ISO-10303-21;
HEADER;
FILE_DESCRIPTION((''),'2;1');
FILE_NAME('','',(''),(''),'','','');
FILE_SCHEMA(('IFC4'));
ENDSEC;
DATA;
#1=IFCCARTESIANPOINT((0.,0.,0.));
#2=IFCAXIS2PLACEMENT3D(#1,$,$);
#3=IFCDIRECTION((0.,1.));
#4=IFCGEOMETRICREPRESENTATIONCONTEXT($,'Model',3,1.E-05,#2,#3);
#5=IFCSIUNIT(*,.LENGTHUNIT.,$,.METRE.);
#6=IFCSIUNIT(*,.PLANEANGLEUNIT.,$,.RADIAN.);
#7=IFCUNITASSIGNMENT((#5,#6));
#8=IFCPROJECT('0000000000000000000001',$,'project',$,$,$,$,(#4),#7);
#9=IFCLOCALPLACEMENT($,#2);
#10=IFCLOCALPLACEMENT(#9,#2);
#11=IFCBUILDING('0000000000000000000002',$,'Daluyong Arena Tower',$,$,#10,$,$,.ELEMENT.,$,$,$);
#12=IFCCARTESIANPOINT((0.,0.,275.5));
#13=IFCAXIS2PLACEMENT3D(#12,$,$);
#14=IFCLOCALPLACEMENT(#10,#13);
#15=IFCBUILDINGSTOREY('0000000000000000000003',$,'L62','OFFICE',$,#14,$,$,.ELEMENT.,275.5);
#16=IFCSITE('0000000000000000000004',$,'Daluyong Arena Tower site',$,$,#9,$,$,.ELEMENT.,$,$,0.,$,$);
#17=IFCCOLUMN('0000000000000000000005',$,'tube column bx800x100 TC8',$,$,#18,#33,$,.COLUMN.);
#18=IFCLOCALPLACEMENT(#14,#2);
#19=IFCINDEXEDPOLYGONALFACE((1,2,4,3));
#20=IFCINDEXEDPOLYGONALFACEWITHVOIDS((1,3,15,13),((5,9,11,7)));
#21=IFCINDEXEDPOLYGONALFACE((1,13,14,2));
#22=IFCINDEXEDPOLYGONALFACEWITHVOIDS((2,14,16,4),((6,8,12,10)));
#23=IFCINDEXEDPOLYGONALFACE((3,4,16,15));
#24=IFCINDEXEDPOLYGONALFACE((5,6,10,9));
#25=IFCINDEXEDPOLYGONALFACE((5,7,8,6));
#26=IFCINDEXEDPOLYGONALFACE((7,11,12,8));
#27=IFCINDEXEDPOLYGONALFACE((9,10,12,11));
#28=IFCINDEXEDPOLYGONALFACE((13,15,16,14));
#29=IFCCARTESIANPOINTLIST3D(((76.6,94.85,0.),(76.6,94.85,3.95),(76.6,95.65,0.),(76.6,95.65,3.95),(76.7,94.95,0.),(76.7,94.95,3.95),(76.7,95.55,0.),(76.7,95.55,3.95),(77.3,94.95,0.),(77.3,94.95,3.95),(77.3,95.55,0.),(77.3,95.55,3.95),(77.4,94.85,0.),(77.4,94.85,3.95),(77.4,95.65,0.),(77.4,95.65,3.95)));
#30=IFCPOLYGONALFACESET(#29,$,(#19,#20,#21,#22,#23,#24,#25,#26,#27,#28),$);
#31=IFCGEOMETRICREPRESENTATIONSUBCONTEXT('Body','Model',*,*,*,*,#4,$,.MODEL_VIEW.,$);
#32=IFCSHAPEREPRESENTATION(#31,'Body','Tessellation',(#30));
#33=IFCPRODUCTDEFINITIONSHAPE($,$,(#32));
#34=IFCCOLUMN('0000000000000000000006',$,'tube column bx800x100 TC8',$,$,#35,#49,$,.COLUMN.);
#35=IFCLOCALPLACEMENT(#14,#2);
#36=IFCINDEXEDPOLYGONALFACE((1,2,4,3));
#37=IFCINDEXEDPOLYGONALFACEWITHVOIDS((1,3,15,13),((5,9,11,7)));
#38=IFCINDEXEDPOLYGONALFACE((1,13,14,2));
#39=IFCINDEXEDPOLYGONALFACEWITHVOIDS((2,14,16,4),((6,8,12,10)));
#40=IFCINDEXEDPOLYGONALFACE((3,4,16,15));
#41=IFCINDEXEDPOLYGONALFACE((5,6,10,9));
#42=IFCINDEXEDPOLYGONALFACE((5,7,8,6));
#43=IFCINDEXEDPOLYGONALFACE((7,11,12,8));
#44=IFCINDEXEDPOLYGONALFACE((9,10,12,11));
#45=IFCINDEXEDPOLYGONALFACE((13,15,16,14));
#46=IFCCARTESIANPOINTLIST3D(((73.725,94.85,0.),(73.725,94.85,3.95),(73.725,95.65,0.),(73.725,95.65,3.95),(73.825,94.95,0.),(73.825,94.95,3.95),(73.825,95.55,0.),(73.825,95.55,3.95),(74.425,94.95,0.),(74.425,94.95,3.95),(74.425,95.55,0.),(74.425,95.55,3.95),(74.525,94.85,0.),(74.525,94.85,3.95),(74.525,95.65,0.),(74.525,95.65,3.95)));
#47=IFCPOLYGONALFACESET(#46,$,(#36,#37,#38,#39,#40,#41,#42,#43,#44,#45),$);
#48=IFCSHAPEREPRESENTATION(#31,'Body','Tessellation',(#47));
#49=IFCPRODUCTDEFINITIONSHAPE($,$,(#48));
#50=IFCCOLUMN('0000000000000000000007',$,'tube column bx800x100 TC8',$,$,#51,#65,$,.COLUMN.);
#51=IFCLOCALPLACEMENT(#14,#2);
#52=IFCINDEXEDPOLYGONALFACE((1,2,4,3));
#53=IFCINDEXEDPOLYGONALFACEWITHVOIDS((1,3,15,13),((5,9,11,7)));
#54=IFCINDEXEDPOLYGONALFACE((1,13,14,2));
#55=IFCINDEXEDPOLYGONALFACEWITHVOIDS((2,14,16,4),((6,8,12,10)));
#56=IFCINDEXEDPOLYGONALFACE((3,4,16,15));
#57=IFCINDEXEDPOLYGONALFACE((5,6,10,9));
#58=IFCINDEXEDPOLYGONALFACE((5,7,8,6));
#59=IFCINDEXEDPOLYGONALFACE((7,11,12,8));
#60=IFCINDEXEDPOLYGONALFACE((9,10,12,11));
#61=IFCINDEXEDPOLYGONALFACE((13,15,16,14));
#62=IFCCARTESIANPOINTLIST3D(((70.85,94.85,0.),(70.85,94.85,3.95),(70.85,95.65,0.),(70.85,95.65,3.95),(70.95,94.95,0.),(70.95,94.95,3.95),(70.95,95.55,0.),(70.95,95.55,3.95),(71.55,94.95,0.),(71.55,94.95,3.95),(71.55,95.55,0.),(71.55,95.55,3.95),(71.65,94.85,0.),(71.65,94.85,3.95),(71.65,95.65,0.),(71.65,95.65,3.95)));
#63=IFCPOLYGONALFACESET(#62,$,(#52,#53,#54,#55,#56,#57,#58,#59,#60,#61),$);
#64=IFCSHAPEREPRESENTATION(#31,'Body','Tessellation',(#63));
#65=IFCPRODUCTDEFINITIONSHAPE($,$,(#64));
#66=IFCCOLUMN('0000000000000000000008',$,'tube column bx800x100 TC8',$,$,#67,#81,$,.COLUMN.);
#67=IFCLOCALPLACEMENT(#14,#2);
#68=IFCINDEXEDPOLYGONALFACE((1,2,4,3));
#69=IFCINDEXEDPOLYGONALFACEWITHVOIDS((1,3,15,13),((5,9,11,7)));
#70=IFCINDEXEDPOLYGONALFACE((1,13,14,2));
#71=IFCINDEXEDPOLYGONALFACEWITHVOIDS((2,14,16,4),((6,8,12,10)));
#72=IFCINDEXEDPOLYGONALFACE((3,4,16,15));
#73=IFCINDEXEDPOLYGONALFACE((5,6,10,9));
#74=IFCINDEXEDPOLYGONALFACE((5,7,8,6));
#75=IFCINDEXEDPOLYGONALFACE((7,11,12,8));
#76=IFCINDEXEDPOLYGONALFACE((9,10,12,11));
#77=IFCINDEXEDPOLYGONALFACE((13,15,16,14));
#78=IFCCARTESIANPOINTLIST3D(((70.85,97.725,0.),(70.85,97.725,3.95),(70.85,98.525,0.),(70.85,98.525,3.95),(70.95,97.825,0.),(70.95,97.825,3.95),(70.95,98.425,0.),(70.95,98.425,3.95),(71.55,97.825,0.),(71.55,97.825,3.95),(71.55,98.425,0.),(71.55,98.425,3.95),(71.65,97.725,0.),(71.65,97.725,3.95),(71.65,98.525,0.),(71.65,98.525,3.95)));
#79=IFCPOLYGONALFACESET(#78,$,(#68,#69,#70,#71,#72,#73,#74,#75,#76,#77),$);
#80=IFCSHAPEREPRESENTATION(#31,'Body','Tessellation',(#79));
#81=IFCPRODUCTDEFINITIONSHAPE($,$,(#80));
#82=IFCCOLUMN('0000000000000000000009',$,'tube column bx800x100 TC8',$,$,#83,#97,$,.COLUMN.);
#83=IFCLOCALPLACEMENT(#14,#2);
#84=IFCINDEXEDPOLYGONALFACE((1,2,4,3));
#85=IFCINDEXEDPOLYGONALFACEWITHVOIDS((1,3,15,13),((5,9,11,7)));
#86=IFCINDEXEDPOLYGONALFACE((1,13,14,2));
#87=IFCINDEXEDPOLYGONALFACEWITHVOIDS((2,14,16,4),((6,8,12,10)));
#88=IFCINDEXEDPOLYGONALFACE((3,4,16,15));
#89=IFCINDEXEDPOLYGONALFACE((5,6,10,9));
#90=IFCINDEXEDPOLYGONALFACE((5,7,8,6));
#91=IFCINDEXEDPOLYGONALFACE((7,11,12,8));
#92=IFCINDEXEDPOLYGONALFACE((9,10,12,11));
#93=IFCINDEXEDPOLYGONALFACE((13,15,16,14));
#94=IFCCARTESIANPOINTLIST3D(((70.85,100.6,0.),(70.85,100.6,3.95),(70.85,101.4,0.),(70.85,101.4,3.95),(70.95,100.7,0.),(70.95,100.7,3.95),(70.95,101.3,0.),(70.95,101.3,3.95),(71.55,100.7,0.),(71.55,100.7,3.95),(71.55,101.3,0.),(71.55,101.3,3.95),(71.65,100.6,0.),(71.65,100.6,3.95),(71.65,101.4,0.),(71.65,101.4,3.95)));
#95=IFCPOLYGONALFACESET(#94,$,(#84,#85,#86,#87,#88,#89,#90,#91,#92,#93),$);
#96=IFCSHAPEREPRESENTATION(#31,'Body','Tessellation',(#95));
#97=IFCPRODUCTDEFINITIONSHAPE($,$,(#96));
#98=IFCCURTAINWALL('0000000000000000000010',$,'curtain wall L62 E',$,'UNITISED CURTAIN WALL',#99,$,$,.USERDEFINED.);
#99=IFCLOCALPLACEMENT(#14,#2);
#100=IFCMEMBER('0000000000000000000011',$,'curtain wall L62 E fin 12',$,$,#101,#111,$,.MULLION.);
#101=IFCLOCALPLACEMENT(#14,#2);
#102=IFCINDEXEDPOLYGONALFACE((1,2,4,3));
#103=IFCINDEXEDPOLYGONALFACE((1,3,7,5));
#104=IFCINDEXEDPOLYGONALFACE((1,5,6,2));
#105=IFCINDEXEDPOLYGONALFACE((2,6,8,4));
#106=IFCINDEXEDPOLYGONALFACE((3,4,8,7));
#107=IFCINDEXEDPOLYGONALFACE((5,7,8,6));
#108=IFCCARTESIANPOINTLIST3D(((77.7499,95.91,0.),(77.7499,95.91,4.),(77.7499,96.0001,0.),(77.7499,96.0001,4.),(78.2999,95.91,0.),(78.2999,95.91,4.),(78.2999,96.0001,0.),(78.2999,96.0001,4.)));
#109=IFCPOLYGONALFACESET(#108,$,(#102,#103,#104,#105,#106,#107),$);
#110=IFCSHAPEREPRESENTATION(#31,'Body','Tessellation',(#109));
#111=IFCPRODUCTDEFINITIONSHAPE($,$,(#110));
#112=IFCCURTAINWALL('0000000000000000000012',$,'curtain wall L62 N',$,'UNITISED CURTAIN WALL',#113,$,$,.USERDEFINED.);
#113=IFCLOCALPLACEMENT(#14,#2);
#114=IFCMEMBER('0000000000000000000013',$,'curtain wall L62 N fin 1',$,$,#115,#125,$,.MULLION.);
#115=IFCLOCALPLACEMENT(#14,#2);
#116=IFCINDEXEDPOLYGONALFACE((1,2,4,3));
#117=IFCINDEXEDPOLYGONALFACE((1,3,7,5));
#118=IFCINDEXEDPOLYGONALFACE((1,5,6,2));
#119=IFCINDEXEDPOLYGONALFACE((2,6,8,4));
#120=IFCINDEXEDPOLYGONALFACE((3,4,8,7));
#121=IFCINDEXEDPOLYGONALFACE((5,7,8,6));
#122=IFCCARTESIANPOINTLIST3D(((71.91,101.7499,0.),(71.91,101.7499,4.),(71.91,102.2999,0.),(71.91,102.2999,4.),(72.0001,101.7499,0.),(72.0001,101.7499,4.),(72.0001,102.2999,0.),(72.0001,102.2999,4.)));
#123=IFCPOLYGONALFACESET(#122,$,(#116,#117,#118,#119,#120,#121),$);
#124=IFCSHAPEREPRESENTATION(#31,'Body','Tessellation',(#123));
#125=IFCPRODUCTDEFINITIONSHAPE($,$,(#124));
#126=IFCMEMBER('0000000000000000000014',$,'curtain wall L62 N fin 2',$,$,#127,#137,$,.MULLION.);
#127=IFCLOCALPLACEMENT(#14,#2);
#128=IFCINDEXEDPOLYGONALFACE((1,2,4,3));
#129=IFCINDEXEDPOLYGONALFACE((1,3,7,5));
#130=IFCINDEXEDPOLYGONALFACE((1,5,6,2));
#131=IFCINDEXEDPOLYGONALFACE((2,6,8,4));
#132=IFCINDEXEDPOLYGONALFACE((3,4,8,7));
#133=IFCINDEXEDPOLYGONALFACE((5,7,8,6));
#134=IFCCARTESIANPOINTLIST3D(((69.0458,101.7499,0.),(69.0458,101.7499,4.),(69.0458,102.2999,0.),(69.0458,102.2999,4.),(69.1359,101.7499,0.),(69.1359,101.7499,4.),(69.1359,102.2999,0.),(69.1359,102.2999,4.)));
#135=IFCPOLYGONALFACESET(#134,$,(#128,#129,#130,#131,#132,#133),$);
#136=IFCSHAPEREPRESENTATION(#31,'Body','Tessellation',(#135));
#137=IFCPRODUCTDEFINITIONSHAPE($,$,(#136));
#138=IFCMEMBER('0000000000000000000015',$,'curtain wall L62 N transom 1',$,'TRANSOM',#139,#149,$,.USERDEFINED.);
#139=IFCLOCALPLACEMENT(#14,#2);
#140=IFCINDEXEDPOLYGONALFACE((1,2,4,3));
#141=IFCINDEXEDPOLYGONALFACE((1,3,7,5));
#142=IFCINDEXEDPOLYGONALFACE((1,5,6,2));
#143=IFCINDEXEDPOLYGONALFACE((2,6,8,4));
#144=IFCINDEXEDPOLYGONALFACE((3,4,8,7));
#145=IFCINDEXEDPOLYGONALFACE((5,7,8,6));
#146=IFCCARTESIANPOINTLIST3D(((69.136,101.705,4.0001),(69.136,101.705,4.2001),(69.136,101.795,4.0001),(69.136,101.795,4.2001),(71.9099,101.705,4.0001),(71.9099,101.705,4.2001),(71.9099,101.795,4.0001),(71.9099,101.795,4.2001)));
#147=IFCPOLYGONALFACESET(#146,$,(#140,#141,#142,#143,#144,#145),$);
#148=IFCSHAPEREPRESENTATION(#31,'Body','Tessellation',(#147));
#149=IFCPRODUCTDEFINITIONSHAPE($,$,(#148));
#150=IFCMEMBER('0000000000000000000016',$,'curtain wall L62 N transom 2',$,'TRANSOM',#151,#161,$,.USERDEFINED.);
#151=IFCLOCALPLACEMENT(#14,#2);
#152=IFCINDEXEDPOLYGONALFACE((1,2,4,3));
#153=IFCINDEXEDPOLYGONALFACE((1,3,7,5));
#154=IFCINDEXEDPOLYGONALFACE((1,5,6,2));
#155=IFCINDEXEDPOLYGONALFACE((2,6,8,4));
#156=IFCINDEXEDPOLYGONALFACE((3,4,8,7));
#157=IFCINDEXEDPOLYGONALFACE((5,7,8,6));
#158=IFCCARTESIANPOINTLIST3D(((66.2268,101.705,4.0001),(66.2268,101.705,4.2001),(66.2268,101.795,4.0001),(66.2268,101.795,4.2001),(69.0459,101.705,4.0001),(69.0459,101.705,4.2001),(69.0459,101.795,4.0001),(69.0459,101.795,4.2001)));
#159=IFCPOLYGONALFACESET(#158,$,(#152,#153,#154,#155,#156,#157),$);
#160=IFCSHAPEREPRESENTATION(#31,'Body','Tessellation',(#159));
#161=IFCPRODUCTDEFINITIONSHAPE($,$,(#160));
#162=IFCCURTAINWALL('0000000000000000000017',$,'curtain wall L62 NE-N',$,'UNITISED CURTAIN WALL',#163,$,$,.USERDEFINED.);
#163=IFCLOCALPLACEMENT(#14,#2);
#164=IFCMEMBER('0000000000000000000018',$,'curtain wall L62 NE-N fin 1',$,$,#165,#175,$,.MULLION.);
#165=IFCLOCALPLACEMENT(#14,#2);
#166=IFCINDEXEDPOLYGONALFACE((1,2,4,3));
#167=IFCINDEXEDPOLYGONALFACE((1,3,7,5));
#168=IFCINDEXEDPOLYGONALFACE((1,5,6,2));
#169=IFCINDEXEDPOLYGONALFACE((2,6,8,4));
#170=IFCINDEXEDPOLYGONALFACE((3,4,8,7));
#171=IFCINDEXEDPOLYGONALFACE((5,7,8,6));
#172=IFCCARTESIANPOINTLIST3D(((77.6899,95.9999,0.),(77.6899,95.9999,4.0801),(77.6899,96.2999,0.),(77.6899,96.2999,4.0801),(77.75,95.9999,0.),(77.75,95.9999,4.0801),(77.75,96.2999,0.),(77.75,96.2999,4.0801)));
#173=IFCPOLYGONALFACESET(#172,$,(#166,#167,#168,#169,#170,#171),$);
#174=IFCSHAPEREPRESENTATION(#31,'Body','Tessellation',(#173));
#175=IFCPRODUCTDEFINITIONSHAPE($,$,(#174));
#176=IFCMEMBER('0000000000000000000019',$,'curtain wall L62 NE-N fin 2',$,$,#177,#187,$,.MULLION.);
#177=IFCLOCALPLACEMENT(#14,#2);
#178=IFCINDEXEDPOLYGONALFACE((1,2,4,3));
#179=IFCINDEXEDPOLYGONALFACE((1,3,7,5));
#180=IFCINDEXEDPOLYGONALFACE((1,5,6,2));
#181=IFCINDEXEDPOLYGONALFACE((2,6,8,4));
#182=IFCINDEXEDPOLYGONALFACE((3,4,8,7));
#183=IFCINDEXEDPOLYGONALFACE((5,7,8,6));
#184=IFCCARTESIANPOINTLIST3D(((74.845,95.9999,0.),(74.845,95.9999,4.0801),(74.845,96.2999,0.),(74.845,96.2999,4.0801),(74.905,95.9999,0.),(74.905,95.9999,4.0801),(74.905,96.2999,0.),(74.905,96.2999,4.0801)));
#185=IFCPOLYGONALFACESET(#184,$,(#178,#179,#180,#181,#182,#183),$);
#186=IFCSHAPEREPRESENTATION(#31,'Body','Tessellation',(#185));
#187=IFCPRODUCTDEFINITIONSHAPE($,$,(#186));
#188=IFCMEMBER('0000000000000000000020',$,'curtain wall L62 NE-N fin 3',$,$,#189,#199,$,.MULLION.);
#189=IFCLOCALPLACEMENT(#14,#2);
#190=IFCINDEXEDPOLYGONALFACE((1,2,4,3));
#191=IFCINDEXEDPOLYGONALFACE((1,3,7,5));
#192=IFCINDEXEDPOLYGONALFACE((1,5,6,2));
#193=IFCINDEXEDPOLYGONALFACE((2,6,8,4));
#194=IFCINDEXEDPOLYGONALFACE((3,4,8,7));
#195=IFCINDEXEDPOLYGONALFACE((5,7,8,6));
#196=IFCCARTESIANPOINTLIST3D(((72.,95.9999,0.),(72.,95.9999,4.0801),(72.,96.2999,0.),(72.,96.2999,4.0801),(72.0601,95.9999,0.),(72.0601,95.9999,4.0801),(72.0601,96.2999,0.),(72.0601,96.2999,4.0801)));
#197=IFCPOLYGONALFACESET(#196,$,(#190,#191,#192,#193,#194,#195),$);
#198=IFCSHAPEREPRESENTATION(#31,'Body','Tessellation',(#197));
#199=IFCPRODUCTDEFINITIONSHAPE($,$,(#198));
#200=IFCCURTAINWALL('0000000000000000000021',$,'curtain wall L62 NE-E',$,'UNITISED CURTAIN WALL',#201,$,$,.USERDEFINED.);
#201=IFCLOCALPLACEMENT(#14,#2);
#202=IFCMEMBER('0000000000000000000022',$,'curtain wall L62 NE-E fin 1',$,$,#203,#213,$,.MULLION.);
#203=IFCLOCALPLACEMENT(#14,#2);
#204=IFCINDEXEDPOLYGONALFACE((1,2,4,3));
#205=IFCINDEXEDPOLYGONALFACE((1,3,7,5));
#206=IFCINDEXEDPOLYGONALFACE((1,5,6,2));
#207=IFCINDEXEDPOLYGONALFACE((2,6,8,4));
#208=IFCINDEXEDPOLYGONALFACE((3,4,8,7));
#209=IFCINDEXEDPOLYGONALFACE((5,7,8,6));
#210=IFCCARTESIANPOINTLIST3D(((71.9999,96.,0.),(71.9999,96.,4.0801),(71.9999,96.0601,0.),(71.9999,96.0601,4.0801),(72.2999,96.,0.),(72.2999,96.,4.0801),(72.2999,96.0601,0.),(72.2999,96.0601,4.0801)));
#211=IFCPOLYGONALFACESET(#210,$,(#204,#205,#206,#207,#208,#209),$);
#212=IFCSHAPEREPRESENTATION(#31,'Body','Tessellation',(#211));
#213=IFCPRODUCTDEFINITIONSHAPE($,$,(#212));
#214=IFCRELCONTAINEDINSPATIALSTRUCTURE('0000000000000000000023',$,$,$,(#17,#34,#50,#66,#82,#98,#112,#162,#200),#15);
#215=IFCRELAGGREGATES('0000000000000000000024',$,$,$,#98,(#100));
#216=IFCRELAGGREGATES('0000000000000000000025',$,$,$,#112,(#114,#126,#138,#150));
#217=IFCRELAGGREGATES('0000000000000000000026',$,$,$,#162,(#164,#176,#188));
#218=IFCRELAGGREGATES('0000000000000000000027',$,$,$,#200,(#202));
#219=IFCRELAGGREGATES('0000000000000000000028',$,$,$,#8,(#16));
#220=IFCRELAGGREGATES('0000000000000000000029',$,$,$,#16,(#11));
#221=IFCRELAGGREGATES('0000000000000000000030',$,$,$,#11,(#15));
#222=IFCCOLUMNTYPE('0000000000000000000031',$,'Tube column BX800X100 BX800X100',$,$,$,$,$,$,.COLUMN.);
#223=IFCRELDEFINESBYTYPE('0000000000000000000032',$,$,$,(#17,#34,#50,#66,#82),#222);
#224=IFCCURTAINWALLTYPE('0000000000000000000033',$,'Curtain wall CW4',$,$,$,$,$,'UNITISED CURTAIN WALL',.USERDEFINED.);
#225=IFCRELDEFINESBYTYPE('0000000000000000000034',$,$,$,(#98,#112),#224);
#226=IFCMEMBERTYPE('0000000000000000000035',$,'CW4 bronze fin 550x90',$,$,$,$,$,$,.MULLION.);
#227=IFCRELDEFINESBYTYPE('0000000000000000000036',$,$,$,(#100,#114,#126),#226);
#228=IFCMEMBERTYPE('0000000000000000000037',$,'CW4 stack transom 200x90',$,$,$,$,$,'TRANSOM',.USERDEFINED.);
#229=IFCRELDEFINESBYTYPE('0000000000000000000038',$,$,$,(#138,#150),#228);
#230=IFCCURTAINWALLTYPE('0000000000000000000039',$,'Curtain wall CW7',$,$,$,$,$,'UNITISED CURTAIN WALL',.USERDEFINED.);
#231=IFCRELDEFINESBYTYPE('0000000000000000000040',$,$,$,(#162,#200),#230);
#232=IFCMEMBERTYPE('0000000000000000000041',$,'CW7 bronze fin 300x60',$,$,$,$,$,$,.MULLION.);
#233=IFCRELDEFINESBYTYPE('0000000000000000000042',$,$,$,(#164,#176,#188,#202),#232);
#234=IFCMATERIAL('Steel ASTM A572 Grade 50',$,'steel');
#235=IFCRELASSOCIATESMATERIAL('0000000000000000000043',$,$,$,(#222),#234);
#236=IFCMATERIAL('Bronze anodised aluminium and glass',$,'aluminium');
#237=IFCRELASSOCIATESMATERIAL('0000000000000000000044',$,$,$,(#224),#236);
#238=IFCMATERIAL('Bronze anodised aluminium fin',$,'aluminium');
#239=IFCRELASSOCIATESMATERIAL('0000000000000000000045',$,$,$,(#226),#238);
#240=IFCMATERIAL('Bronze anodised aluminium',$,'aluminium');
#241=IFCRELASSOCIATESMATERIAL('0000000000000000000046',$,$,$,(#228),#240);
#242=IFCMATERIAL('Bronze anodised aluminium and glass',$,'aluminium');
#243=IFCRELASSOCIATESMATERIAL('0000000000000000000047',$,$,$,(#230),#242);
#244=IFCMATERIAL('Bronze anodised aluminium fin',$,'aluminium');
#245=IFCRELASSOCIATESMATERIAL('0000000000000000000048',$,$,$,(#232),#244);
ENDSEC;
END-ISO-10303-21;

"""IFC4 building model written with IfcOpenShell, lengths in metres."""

from ifc_helpers import new_model, si_unit, direction, frame, origin, origin_2d, place, context, subcontext, project, spatial, rectangle, hollow_rectangle, extrude, material, material_profile, profile_set, type_object, element, aggregate, save


model = new_model("IFC4")

# Units and contexts
model_context = context("Model", 3, precision=1e-05, world=origin(), true_north=direction((0.0, 1.0)))
body_context = subcontext(model_context, "Body", "Model", "MODEL_VIEW")
ifc_project = project(units=[si_unit("LENGTHUNIT", "METRE"), si_unit("PLANEANGLEUNIT", "RADIAN")], contexts=[model_context])

# Site, building, storey
site_placement = place(None, origin())
site = spatial("IfcSite", under=ifc_project, at=site_placement, Name="Daluyong Arena Tower site", CompositionType="ELEMENT", RefElevation=0.0)
building_placement = place(site_placement, origin())
building = spatial("IfcBuilding", under=site, at=building_placement, Name="Daluyong Arena Tower", CompositionType="ELEMENT")
storey_placement = place(building_placement, frame((0.0, 0.0, 275.5)))
storey = spatial("IfcBuildingStorey", under=building, at=storey_placement, Name="L62", Description="OFFICE", CompositionType="ELEMENT", Elevation=275.5)

# Columns
ifc_material_1 = material(Name="Steel ASTM A572 Grade 50", Category="steel")
ifc_material_profile_1 = material_profile(ifc_material_1, hollow_rectangle(XDim=0.8, YDim=0.8, WallThickness=0.1, at=origin_2d()))
ifc_profile_set_1 = profile_set([ifc_material_profile_1], Name="Steel ASTM A572 Grade 50")
column_type = type_object("IfcColumnType", Name="Tube column BX800X100 BX800X100", PredefinedType="COLUMN", material=ifc_profile_set_1)
for number, where, z_axis, x_axis, name in (
    (1, (77.0, 95.25, 0.0), (0.0, 0.0, 1.0), (1.0, 0.0, 0.0), "tube column bx800x100 TC8"),
    (2, (74.125, 95.25, 0.0), (0.0, 0.0, 1.0), (1.0, 0.0, 0.0), "tube column bx800x100 TC8"),
    (3, (71.25, 95.25, 0.0), (0.0, 0.0, 1.0), (0.0, 1.0, 0.0), "tube column bx800x100 TC8"),
    (4, (71.25, 98.125, 0.0), (0.0, 0.0, 1.0), (0.0, 1.0, 0.0), "tube column bx800x100 TC8"),
    (5, (71.25, 101.0, 0.0), (0.0, 0.0, 1.0), (1.0, 0.0, 0.0), "tube column bx800x100 TC8"),
):
    element("IfcColumn", number, at=place(storey_placement, frame(where, z_axis=z_axis, x_axis=x_axis)), inside=storey, type_object=column_type, Name=name, PredefinedType="COLUMN", context=body_context, shape_type="SweptSolid", body=[
        extrude(hollow_rectangle(XDim=0.8, YDim=0.8, WallThickness=0.1, at=origin_2d()), origin(), (0.0, 0.0, 1.0), 3.95),
    ])

# Curtain wall, member
ifc_material_2 = material(Name="Bronze anodised aluminium and glass", Category="aluminium")
curtain_wall_type_1 = type_object("IfcCurtainWallType", Name="Curtain wall CW4", ElementType="UNITISED CURTAIN WALL", PredefinedType="USERDEFINED", material=ifc_material_2)
curtain_wall_1_placement = place(storey_placement, origin())
curtain_wall_1 = element("IfcCurtainWall", 6, at=curtain_wall_1_placement, inside=storey, type_object=curtain_wall_type_1, Name="curtain wall L62 E", ObjectType="UNITISED CURTAIN WALL", PredefinedType="USERDEFINED")
ifc_material_3 = material(Name="Bronze anodised aluminium fin", Category="aluminium")
ifc_material_profile_2 = material_profile(ifc_material_3, rectangle(XDim=0.55, YDim=0.0901, at=origin_2d()))
ifc_profile_set_2 = profile_set([ifc_material_profile_2], Name="Bronze anodised aluminium fin")
member_type_1 = type_object("IfcMemberType", Name="CW4 bronze fin 550x90", PredefinedType="MULLION", material=ifc_profile_set_2)
member_1_placement = place(storey_placement, frame((78.0249, 95.9551, 0.0), z_axis=(0.0, 0.0, 1.0), x_axis=(-1.0, 0.0, 0.0)))
member_1 = element("IfcMember", 7, at=member_1_placement, type_object=member_type_1, Name="curtain wall L62 E fin 12", PredefinedType="MULLION", context=body_context, shape_type="SweptSolid", body=[
    extrude(rectangle(XDim=0.55, YDim=0.0901, at=origin_2d()), origin(), (0.0, 0.0, 1.0), 4.0),
])
aggregate(curtain_wall_1, [member_1])

# Curtain walls, members
curtain_wall_2_placement = place(storey_placement, origin())
curtain_wall_2 = element("IfcCurtainWall", 8, at=curtain_wall_2_placement, inside=storey, type_object=curtain_wall_type_1, Name="curtain wall L62 N", ObjectType="UNITISED CURTAIN WALL", PredefinedType="USERDEFINED")
member_2_placement = place(storey_placement, frame((71.9551, 102.0249, 0.0), z_axis=(0.0, 0.0, 1.0), x_axis=(0.0, -1.0, 0.0)))
member_2 = element("IfcMember", 9, at=member_2_placement, type_object=member_type_1, Name="curtain wall L62 N fin 1", PredefinedType="MULLION", context=body_context, shape_type="SweptSolid", body=[
    extrude(rectangle(XDim=0.55, YDim=0.0901, at=origin_2d()), origin(), (0.0, 0.0, 1.0), 4.0),
])
member_3_placement = place(storey_placement, frame((69.0908, 102.0249, 0.0), z_axis=(0.0, 0.0, 1.0), x_axis=(0.0, -1.0, 0.0)))
member_3 = element("IfcMember", 10, at=member_3_placement, type_object=member_type_1, Name="curtain wall L62 N fin 2", PredefinedType="MULLION", context=body_context, shape_type="SweptSolid", body=[
    extrude(rectangle(XDim=0.55, YDim=0.0901, at=origin_2d()), origin(), (0.0, 0.0, 1.0), 4.0),
])
ifc_material_4 = material(Name="Bronze anodised aluminium", Category="aluminium")
ifc_material_profile_3 = material_profile(ifc_material_4, rectangle(XDim=0.0901, YDim=0.2, at=origin_2d()))
ifc_profile_set_3 = profile_set([ifc_material_profile_3], Name="Bronze anodised aluminium")
member_type_2 = type_object("IfcMemberType", Name="CW4 stack transom 200x90", ElementType="TRANSOM", PredefinedType="USERDEFINED", material=ifc_profile_set_3)
member_4_placement = place(storey_placement, frame((71.9099, 101.75, 4.1001), z_axis=(-1.0, 0.0, 0.0), x_axis=(0.0, -1.0, 0.0)))
member_4 = element("IfcMember", 11, at=member_4_placement, type_object=member_type_2, Name="curtain wall L62 N transom 1", ObjectType="TRANSOM", PredefinedType="USERDEFINED", context=body_context, shape_type="SweptSolid", body=[
    extrude(rectangle(XDim=0.0901, YDim=0.2, at=origin_2d()), origin(), (0.0, 0.0, 1.0), 2.7739),
])
member_5_placement = place(storey_placement, frame((69.0459, 101.75, 4.1001), z_axis=(-1.0, 0.0, 0.0), x_axis=(0.0, -1.0, 0.0)))
member_5 = element("IfcMember", 12, at=member_5_placement, type_object=member_type_2, Name="curtain wall L62 N transom 2", ObjectType="TRANSOM", PredefinedType="USERDEFINED", context=body_context, shape_type="SweptSolid", body=[
    extrude(rectangle(XDim=0.0901, YDim=0.2, at=origin_2d()), origin(), (0.0, 0.0, 1.0), 2.8191),
])
ifc_material_5 = material(Name="Bronze anodised aluminium and glass", Category="aluminium")
curtain_wall_type_2 = type_object("IfcCurtainWallType", Name="Curtain wall CW7", ElementType="UNITISED CURTAIN WALL", PredefinedType="USERDEFINED", material=ifc_material_5)
curtain_wall_3_placement = place(storey_placement, origin())
curtain_wall_3 = element("IfcCurtainWall", 13, at=curtain_wall_3_placement, inside=storey, type_object=curtain_wall_type_2, Name="curtain wall L62 NE-N", ObjectType="UNITISED CURTAIN WALL", PredefinedType="USERDEFINED")
ifc_material_6 = material(Name="Bronze anodised aluminium fin", Category="aluminium")
ifc_material_profile_4 = material_profile(ifc_material_6, rectangle(XDim=0.3, YDim=0.0601, at=origin_2d()))
ifc_profile_set_4 = profile_set([ifc_material_profile_4], Name="Bronze anodised aluminium fin")
member_type_3 = type_object("IfcMemberType", Name="CW7 bronze fin 300x60", PredefinedType="MULLION", material=ifc_profile_set_4)
member_6_placement = place(storey_placement, frame((77.72, 96.1499, 0.0), z_axis=(0.0, 0.0, 1.0), x_axis=(0.0, -1.0, 0.0)))
member_6 = element("IfcMember", 14, at=member_6_placement, type_object=member_type_3, Name="curtain wall L62 NE-N fin 1", PredefinedType="MULLION", context=body_context, shape_type="SweptSolid", body=[
    extrude(rectangle(XDim=0.3, YDim=0.0601, at=origin_2d()), origin(), (0.0, 0.0, 1.0), 4.0801),
])
member_7_placement = place(storey_placement, frame((74.875, 96.1499, 0.0), z_axis=(0.0, 0.0, 1.0), x_axis=(0.0, -1.0, 0.0)))
member_7 = element("IfcMember", 15, at=member_7_placement, type_object=member_type_3, Name="curtain wall L62 NE-N fin 2", PredefinedType="MULLION", context=body_context, shape_type="SweptSolid", body=[
    extrude(rectangle(XDim=0.3, YDim=0.0601, at=origin_2d()), origin(), (0.0, 0.0, 1.0), 4.0801),
])
member_8_placement = place(storey_placement, frame((72.03, 96.1499, 0.0), z_axis=(0.0, 0.0, 1.0), x_axis=(0.0, -1.0, 0.0)))
member_8 = element("IfcMember", 16, at=member_8_placement, type_object=member_type_3, Name="curtain wall L62 NE-N fin 3", PredefinedType="MULLION", context=body_context, shape_type="SweptSolid", body=[
    extrude(rectangle(XDim=0.3, YDim=0.0601, at=origin_2d()), origin(), (0.0, 0.0, 1.0), 4.0801),
])
curtain_wall_4_placement = place(storey_placement, origin())
curtain_wall_4 = element("IfcCurtainWall", 17, at=curtain_wall_4_placement, inside=storey, type_object=curtain_wall_type_2, Name="curtain wall L62 NE-E", ObjectType="UNITISED CURTAIN WALL", PredefinedType="USERDEFINED")
member_9_placement = place(storey_placement, frame((72.1499, 96.03, 0.0), z_axis=(0.0, 0.0, 1.0), x_axis=(-1.0, 0.0, 0.0)))
member_9 = element("IfcMember", 18, at=member_9_placement, type_object=member_type_3, Name="curtain wall L62 NE-E fin 1", PredefinedType="MULLION", context=body_context, shape_type="SweptSolid", body=[
    extrude(rectangle(XDim=0.3, YDim=0.0601, at=origin_2d()), origin(), (0.0, 0.0, 1.0), 4.0801),
])

aggregate(curtain_wall_2, [member_2, member_3, member_4, member_5])
aggregate(curtain_wall_3, [member_6, member_7, member_8])
aggregate(curtain_wall_4, [member_9])

save(model, "model.ifc")
